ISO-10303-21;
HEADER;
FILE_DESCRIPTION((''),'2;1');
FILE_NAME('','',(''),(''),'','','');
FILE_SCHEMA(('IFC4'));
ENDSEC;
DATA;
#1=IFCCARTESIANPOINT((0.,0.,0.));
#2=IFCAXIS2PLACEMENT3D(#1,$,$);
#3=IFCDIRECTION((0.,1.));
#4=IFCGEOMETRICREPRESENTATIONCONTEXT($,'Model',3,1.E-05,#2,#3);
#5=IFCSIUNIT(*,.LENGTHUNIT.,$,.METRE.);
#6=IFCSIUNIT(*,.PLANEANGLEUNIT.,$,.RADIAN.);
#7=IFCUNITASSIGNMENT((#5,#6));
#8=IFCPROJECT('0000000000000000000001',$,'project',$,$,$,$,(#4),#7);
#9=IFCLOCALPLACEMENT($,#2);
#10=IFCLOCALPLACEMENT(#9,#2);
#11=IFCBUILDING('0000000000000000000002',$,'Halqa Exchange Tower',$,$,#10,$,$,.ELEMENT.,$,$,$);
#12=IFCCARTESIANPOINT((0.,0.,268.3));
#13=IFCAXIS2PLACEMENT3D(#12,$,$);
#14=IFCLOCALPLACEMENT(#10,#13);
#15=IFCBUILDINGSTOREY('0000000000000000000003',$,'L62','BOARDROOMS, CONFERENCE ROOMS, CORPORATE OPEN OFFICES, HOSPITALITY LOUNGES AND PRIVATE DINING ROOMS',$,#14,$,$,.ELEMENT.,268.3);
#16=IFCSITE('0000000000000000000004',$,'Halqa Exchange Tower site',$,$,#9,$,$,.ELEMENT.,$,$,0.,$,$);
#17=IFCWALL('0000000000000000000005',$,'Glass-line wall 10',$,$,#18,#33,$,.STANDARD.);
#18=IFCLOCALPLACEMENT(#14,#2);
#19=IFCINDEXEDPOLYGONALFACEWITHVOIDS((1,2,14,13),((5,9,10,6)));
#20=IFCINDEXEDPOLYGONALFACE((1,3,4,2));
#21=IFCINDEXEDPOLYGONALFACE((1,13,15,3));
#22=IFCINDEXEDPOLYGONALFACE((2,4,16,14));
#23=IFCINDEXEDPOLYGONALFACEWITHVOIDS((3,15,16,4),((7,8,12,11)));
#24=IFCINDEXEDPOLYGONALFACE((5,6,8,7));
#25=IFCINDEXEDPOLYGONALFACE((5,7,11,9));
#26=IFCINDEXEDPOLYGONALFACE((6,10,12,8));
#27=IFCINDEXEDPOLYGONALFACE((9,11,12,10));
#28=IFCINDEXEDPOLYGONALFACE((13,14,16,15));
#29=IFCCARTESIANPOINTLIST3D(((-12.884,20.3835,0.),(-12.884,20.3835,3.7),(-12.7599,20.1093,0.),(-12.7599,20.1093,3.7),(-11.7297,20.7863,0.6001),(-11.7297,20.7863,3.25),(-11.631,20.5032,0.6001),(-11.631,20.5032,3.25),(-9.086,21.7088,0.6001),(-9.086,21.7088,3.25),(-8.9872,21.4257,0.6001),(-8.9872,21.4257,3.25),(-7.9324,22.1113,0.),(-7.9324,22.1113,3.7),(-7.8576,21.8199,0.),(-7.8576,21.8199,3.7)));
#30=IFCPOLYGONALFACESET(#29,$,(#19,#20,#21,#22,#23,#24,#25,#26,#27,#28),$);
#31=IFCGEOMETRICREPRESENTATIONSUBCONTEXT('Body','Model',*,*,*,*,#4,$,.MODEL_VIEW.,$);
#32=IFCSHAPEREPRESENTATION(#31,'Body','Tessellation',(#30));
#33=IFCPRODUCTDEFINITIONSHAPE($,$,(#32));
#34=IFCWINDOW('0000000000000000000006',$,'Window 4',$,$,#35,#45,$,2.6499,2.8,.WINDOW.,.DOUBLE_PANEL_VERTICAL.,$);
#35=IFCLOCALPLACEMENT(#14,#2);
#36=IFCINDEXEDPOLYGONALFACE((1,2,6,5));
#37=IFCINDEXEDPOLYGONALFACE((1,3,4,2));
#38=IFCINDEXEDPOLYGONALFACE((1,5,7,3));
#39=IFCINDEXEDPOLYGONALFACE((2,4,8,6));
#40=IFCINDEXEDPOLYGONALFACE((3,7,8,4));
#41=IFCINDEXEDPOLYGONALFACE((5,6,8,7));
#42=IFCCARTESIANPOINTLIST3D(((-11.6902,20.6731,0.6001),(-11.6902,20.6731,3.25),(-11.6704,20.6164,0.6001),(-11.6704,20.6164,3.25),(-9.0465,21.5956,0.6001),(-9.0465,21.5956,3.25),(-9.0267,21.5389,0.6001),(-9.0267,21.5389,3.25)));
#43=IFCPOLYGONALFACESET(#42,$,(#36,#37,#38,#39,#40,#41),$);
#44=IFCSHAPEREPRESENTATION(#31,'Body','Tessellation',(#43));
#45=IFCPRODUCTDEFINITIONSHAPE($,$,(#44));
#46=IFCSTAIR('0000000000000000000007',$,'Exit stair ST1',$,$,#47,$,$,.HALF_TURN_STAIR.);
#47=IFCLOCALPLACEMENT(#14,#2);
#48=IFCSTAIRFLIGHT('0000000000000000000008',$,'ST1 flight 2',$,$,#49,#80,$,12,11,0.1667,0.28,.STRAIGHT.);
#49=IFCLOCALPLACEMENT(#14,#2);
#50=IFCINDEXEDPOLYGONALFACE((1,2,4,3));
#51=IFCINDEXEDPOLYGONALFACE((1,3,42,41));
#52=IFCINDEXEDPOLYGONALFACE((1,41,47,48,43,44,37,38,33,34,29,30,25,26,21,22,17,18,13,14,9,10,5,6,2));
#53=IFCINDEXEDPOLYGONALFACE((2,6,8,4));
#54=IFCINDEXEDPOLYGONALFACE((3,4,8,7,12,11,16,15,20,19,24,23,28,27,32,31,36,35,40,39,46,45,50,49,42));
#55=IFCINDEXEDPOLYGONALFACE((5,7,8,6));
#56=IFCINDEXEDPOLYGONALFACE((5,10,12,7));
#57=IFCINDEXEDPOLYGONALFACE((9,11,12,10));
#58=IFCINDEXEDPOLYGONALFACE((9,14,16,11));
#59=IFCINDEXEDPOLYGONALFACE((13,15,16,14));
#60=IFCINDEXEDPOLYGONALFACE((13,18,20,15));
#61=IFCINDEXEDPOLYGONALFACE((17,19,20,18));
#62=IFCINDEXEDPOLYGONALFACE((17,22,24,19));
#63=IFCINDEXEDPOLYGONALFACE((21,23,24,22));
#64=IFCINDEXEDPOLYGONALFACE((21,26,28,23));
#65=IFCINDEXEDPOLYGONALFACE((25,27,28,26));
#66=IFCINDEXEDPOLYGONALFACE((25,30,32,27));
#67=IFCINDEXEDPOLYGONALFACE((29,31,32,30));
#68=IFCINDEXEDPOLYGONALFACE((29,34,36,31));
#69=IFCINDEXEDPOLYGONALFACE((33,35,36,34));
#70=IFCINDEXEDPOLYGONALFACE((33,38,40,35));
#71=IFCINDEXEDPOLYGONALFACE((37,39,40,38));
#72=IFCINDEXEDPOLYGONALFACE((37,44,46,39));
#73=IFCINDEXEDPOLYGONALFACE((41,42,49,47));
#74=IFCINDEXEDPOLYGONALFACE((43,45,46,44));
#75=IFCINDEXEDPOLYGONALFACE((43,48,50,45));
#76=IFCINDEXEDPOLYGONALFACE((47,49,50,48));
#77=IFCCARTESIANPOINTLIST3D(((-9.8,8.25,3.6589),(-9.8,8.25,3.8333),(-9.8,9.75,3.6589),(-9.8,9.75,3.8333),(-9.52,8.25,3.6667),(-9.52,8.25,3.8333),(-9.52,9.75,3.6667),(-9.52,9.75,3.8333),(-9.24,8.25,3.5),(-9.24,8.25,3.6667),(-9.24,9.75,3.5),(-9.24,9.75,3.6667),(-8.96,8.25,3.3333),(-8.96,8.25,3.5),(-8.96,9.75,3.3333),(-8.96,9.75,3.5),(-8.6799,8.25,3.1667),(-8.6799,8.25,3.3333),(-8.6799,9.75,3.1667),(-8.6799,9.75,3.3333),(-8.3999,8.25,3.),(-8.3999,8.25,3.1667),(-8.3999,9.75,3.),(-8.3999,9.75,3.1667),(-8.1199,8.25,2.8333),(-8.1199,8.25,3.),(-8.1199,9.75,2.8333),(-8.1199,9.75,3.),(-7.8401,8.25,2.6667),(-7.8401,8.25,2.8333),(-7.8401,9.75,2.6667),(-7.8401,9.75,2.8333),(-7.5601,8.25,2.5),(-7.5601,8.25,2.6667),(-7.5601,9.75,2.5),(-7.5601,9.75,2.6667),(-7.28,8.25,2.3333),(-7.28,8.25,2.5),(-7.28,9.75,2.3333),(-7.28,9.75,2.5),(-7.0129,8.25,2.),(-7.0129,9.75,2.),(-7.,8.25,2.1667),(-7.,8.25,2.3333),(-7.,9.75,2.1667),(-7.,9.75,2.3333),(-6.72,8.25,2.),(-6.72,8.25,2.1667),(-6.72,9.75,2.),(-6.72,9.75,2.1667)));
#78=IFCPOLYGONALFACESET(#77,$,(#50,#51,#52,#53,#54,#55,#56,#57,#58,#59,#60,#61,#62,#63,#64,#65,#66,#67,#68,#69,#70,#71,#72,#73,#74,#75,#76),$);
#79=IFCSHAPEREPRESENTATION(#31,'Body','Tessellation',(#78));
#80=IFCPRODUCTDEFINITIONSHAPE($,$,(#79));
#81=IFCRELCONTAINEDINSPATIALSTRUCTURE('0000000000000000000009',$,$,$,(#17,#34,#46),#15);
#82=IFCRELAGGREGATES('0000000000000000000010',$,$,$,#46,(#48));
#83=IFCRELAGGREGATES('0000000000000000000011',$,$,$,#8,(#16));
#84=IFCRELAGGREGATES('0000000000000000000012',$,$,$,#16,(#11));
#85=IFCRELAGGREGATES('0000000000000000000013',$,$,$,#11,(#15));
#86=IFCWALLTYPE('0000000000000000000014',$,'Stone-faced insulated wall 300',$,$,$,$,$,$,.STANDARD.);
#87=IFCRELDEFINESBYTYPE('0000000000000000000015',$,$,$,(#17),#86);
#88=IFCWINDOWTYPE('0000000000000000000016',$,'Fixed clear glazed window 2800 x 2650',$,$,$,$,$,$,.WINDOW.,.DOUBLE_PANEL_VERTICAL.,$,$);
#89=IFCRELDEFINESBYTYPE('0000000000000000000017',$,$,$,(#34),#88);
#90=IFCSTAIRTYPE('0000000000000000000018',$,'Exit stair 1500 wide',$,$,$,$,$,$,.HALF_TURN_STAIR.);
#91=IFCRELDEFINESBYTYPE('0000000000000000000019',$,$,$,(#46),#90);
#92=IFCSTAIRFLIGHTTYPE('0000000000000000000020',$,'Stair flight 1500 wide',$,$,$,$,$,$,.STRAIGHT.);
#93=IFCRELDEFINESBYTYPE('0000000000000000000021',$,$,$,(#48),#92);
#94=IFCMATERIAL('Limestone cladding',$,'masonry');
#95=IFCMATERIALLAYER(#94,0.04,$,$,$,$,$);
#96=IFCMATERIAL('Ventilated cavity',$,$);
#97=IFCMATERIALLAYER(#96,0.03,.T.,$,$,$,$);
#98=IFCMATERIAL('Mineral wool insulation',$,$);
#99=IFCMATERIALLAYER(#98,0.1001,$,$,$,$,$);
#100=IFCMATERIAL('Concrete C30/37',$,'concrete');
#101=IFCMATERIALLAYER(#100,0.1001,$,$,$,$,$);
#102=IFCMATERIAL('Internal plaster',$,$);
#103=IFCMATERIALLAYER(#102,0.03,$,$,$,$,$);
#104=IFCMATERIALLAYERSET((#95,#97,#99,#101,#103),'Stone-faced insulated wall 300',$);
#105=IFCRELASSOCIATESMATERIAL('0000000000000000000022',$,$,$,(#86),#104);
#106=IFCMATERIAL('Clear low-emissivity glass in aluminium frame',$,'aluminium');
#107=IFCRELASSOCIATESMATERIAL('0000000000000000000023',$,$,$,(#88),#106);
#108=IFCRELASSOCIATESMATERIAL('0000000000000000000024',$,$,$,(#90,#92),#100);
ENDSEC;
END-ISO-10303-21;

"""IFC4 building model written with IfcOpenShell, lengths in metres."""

from ifc_helpers import new_model, si_unit, direction, frame, frame_2d, origin, place, context, subcontext, project, spatial, polyline, rectangle, outline, extrude, material, layer, layer_set, type_object, element, fill, aggregate, save


model = new_model("IFC4")

# Units and contexts
model_context = context("Model", 3, precision=1e-05, world=origin(), true_north=direction((0.0, 1.0)))
body_context = subcontext(model_context, "Body", "Model", "MODEL_VIEW")
ifc_project = project(units=[si_unit("LENGTHUNIT", "METRE"), si_unit("PLANEANGLEUNIT", "RADIAN")], contexts=[model_context])

# Site, building, storey
site_placement = place(None, origin())
site = spatial("IfcSite", under=ifc_project, at=site_placement, Name="Halqa Exchange Tower site", CompositionType="ELEMENT", RefElevation=0.0)
building_placement = place(site_placement, origin())
building = spatial("IfcBuilding", under=site, at=building_placement, Name="Halqa Exchange Tower", CompositionType="ELEMENT")
storey_placement = place(building_placement, frame((0.0, 0.0, 268.3)))
storey = spatial("IfcBuildingStorey", under=building, at=storey_placement, Name="L62", Description="BOARDROOMS, CONFERENCE ROOMS, CORPORATE OPEN OFFICES, HOSPITALITY LOUNGES AND PRIVATE DINING ROOMS", CompositionType="ELEMENT", Elevation=268.3)

# Shared definitions
ifc_material_1 = material(Name="Concrete C30/37", Category="concrete")

# Wall, opening, window
ifc_material_2 = material(Name="Limestone cladding", Category="masonry")
ifc_layer_1 = layer(ifc_material_2, 0.04)
ifc_material_3 = material(Name="Ventilated cavity")
ifc_layer_2 = layer(ifc_material_3, 0.03, ventilated=True)
ifc_material_4 = material(Name="Mineral wool insulation")
ifc_layer_3 = layer(ifc_material_4, 0.1001)
ifc_layer_4 = layer(ifc_material_1, 0.1001)
ifc_material_5 = material(Name="Internal plaster")
ifc_layer_5 = layer(ifc_material_5, 0.03)
ifc_layer_set_1 = layer_set([ifc_layer_1, ifc_layer_2, ifc_layer_3, ifc_layer_4, ifc_layer_5], Name="Stone-faced insulated wall 300")
wall_type_1 = type_object("IfcWallType", Name="Stone-faced insulated wall 300", PredefinedType="STANDARD", material=ifc_layer_set_1)
ifc_material_6 = material(Name="Clear low-emissivity glass in aluminium frame", Category="aluminium")
window_type = type_object("IfcWindowType", Name="Fixed clear glazed window 2800 x 2650", PartitioningType="DOUBLE_PANEL_VERTICAL", PredefinedType="WINDOW", material=ifc_material_6)
wall_1_placement = place(storey_placement, frame((-7.895, 21.9656, 0.0), z_axis=(0.0, 0.0, 1.0), x_axis=(-0.944169, -0.32946, 0.0)))
wall_1 = element("IfcWall", 1, at=wall_1_placement, inside=storey, type_object=wall_type_1, Name="Glass-line wall 10", PredefinedType="STANDARD", context=body_context, shape_type="SweptSolid", body=[
    extrude(outline(polyline([(-0.0127, -0.1499), (5.2317, -0.1499), (5.2048, 0.1499), (0.0127, 0.1499), (-0.0127, -0.1499)])), origin(), (0.0, 0.0, 1.0), 3.7),
])
opening_1_placement = place(wall_1_placement, frame((1.2092, 0.0, 0.6001)))
opening_1 = element("IfcOpeningElement", 2, at=opening_1_placement, cuts=wall_1, PredefinedType="OPENING", context=body_context, shape_type="SweptSolid", body=[
    extrude(rectangle(XDim=2.8, YDim=2.6499, at=frame_2d((1.3999, 1.325))), frame((0.0, 0.1621, 0.0), z_axis=(0.0, -1.0, 0.0), x_axis=(1.0, 0.0, 0.0)), (0.0, 0.0, 1.0), 0.324),
])
window_1_placement = place(opening_1_placement, origin())
window_1 = element("IfcWindow", 3, at=window_1_placement, inside=storey, type_object=window_type, Name="Window 4", OverallHeight=2.6499, OverallWidth=2.8, PartitioningType="DOUBLE_PANEL_VERTICAL", PredefinedType="WINDOW", context=body_context, shape_type="SweptSolid", body=[
    extrude(rectangle(XDim=2.8, YDim=2.6499, at=frame_2d((1.3999, 1.325))), frame((0.0, 0.03, 0.0), z_axis=(0.0, -1.0, 0.0), x_axis=(1.0, 0.0, 0.0)), (0.0, 0.0, 1.0), 0.0601),
])
fill(opening_1, window_1)

# Stair, stair flight
stair_type = type_object("IfcStairType", Name="Exit stair 1500 wide", PredefinedType="HALF_TURN_STAIR", material=ifc_material_1)
stair_placement = place(storey_placement, origin())
stair = element("IfcStair", 4, at=stair_placement, inside=storey, type_object=stair_type, Name="Exit stair ST1", PredefinedType="HALF_TURN_STAIR")
stair_flight_type = type_object("IfcStairFlightType", Name="Stair flight 1500 wide", PredefinedType="STRAIGHT", material=ifc_material_1)
stair_flight_placement = place(storey_placement, frame((-6.72, 9.0, 2.0), z_axis=(0.0, 0.0, 1.0), x_axis=(-1.0, 0.0, 0.0)))
stair_flight = element("IfcStairFlight", 5, at=stair_flight_placement, type_object=stair_flight_type, Name="ST1 flight 2", NumberOfRisers=12, NumberOfTreads=11, PredefinedType="STRAIGHT", RiserHeight=0.1667, TreadLength=0.28, context=body_context, shape_type="SweptSolid", body=[
    extrude(outline(polyline([(0.0, 0.0), (0.0, 0.1667), (0.28, 0.1667), (0.28, 0.3333), (0.5601, 0.3333), (0.5601, 0.5), (0.8401, 0.5), (0.8401, 0.6667), (1.1201, 0.6667), (1.1201, 0.8333), (1.3999, 0.8333), (1.3999, 1.0), (1.6799, 1.0), (1.6799, 1.1667), (1.96, 1.1667), (1.96, 1.3333), (2.24, 1.3333), (2.24, 1.5), (2.52, 1.5), (2.52, 1.6667), (2.8, 1.6667), (2.8, 1.8333), (3.0801, 1.8333), (3.0801, 2.0), (3.0801, 1.6589), (0.293, 0.0), (0.0, 0.0)])), frame((0.0, 0.75, 0.0), z_axis=(0.0, -1.0, 0.0), x_axis=(1.0, 0.0, 0.0)), (0.0, 0.0, 1.0), 1.5),
])
aggregate(stair, [stair_flight])

save(model, "model.ifc")
